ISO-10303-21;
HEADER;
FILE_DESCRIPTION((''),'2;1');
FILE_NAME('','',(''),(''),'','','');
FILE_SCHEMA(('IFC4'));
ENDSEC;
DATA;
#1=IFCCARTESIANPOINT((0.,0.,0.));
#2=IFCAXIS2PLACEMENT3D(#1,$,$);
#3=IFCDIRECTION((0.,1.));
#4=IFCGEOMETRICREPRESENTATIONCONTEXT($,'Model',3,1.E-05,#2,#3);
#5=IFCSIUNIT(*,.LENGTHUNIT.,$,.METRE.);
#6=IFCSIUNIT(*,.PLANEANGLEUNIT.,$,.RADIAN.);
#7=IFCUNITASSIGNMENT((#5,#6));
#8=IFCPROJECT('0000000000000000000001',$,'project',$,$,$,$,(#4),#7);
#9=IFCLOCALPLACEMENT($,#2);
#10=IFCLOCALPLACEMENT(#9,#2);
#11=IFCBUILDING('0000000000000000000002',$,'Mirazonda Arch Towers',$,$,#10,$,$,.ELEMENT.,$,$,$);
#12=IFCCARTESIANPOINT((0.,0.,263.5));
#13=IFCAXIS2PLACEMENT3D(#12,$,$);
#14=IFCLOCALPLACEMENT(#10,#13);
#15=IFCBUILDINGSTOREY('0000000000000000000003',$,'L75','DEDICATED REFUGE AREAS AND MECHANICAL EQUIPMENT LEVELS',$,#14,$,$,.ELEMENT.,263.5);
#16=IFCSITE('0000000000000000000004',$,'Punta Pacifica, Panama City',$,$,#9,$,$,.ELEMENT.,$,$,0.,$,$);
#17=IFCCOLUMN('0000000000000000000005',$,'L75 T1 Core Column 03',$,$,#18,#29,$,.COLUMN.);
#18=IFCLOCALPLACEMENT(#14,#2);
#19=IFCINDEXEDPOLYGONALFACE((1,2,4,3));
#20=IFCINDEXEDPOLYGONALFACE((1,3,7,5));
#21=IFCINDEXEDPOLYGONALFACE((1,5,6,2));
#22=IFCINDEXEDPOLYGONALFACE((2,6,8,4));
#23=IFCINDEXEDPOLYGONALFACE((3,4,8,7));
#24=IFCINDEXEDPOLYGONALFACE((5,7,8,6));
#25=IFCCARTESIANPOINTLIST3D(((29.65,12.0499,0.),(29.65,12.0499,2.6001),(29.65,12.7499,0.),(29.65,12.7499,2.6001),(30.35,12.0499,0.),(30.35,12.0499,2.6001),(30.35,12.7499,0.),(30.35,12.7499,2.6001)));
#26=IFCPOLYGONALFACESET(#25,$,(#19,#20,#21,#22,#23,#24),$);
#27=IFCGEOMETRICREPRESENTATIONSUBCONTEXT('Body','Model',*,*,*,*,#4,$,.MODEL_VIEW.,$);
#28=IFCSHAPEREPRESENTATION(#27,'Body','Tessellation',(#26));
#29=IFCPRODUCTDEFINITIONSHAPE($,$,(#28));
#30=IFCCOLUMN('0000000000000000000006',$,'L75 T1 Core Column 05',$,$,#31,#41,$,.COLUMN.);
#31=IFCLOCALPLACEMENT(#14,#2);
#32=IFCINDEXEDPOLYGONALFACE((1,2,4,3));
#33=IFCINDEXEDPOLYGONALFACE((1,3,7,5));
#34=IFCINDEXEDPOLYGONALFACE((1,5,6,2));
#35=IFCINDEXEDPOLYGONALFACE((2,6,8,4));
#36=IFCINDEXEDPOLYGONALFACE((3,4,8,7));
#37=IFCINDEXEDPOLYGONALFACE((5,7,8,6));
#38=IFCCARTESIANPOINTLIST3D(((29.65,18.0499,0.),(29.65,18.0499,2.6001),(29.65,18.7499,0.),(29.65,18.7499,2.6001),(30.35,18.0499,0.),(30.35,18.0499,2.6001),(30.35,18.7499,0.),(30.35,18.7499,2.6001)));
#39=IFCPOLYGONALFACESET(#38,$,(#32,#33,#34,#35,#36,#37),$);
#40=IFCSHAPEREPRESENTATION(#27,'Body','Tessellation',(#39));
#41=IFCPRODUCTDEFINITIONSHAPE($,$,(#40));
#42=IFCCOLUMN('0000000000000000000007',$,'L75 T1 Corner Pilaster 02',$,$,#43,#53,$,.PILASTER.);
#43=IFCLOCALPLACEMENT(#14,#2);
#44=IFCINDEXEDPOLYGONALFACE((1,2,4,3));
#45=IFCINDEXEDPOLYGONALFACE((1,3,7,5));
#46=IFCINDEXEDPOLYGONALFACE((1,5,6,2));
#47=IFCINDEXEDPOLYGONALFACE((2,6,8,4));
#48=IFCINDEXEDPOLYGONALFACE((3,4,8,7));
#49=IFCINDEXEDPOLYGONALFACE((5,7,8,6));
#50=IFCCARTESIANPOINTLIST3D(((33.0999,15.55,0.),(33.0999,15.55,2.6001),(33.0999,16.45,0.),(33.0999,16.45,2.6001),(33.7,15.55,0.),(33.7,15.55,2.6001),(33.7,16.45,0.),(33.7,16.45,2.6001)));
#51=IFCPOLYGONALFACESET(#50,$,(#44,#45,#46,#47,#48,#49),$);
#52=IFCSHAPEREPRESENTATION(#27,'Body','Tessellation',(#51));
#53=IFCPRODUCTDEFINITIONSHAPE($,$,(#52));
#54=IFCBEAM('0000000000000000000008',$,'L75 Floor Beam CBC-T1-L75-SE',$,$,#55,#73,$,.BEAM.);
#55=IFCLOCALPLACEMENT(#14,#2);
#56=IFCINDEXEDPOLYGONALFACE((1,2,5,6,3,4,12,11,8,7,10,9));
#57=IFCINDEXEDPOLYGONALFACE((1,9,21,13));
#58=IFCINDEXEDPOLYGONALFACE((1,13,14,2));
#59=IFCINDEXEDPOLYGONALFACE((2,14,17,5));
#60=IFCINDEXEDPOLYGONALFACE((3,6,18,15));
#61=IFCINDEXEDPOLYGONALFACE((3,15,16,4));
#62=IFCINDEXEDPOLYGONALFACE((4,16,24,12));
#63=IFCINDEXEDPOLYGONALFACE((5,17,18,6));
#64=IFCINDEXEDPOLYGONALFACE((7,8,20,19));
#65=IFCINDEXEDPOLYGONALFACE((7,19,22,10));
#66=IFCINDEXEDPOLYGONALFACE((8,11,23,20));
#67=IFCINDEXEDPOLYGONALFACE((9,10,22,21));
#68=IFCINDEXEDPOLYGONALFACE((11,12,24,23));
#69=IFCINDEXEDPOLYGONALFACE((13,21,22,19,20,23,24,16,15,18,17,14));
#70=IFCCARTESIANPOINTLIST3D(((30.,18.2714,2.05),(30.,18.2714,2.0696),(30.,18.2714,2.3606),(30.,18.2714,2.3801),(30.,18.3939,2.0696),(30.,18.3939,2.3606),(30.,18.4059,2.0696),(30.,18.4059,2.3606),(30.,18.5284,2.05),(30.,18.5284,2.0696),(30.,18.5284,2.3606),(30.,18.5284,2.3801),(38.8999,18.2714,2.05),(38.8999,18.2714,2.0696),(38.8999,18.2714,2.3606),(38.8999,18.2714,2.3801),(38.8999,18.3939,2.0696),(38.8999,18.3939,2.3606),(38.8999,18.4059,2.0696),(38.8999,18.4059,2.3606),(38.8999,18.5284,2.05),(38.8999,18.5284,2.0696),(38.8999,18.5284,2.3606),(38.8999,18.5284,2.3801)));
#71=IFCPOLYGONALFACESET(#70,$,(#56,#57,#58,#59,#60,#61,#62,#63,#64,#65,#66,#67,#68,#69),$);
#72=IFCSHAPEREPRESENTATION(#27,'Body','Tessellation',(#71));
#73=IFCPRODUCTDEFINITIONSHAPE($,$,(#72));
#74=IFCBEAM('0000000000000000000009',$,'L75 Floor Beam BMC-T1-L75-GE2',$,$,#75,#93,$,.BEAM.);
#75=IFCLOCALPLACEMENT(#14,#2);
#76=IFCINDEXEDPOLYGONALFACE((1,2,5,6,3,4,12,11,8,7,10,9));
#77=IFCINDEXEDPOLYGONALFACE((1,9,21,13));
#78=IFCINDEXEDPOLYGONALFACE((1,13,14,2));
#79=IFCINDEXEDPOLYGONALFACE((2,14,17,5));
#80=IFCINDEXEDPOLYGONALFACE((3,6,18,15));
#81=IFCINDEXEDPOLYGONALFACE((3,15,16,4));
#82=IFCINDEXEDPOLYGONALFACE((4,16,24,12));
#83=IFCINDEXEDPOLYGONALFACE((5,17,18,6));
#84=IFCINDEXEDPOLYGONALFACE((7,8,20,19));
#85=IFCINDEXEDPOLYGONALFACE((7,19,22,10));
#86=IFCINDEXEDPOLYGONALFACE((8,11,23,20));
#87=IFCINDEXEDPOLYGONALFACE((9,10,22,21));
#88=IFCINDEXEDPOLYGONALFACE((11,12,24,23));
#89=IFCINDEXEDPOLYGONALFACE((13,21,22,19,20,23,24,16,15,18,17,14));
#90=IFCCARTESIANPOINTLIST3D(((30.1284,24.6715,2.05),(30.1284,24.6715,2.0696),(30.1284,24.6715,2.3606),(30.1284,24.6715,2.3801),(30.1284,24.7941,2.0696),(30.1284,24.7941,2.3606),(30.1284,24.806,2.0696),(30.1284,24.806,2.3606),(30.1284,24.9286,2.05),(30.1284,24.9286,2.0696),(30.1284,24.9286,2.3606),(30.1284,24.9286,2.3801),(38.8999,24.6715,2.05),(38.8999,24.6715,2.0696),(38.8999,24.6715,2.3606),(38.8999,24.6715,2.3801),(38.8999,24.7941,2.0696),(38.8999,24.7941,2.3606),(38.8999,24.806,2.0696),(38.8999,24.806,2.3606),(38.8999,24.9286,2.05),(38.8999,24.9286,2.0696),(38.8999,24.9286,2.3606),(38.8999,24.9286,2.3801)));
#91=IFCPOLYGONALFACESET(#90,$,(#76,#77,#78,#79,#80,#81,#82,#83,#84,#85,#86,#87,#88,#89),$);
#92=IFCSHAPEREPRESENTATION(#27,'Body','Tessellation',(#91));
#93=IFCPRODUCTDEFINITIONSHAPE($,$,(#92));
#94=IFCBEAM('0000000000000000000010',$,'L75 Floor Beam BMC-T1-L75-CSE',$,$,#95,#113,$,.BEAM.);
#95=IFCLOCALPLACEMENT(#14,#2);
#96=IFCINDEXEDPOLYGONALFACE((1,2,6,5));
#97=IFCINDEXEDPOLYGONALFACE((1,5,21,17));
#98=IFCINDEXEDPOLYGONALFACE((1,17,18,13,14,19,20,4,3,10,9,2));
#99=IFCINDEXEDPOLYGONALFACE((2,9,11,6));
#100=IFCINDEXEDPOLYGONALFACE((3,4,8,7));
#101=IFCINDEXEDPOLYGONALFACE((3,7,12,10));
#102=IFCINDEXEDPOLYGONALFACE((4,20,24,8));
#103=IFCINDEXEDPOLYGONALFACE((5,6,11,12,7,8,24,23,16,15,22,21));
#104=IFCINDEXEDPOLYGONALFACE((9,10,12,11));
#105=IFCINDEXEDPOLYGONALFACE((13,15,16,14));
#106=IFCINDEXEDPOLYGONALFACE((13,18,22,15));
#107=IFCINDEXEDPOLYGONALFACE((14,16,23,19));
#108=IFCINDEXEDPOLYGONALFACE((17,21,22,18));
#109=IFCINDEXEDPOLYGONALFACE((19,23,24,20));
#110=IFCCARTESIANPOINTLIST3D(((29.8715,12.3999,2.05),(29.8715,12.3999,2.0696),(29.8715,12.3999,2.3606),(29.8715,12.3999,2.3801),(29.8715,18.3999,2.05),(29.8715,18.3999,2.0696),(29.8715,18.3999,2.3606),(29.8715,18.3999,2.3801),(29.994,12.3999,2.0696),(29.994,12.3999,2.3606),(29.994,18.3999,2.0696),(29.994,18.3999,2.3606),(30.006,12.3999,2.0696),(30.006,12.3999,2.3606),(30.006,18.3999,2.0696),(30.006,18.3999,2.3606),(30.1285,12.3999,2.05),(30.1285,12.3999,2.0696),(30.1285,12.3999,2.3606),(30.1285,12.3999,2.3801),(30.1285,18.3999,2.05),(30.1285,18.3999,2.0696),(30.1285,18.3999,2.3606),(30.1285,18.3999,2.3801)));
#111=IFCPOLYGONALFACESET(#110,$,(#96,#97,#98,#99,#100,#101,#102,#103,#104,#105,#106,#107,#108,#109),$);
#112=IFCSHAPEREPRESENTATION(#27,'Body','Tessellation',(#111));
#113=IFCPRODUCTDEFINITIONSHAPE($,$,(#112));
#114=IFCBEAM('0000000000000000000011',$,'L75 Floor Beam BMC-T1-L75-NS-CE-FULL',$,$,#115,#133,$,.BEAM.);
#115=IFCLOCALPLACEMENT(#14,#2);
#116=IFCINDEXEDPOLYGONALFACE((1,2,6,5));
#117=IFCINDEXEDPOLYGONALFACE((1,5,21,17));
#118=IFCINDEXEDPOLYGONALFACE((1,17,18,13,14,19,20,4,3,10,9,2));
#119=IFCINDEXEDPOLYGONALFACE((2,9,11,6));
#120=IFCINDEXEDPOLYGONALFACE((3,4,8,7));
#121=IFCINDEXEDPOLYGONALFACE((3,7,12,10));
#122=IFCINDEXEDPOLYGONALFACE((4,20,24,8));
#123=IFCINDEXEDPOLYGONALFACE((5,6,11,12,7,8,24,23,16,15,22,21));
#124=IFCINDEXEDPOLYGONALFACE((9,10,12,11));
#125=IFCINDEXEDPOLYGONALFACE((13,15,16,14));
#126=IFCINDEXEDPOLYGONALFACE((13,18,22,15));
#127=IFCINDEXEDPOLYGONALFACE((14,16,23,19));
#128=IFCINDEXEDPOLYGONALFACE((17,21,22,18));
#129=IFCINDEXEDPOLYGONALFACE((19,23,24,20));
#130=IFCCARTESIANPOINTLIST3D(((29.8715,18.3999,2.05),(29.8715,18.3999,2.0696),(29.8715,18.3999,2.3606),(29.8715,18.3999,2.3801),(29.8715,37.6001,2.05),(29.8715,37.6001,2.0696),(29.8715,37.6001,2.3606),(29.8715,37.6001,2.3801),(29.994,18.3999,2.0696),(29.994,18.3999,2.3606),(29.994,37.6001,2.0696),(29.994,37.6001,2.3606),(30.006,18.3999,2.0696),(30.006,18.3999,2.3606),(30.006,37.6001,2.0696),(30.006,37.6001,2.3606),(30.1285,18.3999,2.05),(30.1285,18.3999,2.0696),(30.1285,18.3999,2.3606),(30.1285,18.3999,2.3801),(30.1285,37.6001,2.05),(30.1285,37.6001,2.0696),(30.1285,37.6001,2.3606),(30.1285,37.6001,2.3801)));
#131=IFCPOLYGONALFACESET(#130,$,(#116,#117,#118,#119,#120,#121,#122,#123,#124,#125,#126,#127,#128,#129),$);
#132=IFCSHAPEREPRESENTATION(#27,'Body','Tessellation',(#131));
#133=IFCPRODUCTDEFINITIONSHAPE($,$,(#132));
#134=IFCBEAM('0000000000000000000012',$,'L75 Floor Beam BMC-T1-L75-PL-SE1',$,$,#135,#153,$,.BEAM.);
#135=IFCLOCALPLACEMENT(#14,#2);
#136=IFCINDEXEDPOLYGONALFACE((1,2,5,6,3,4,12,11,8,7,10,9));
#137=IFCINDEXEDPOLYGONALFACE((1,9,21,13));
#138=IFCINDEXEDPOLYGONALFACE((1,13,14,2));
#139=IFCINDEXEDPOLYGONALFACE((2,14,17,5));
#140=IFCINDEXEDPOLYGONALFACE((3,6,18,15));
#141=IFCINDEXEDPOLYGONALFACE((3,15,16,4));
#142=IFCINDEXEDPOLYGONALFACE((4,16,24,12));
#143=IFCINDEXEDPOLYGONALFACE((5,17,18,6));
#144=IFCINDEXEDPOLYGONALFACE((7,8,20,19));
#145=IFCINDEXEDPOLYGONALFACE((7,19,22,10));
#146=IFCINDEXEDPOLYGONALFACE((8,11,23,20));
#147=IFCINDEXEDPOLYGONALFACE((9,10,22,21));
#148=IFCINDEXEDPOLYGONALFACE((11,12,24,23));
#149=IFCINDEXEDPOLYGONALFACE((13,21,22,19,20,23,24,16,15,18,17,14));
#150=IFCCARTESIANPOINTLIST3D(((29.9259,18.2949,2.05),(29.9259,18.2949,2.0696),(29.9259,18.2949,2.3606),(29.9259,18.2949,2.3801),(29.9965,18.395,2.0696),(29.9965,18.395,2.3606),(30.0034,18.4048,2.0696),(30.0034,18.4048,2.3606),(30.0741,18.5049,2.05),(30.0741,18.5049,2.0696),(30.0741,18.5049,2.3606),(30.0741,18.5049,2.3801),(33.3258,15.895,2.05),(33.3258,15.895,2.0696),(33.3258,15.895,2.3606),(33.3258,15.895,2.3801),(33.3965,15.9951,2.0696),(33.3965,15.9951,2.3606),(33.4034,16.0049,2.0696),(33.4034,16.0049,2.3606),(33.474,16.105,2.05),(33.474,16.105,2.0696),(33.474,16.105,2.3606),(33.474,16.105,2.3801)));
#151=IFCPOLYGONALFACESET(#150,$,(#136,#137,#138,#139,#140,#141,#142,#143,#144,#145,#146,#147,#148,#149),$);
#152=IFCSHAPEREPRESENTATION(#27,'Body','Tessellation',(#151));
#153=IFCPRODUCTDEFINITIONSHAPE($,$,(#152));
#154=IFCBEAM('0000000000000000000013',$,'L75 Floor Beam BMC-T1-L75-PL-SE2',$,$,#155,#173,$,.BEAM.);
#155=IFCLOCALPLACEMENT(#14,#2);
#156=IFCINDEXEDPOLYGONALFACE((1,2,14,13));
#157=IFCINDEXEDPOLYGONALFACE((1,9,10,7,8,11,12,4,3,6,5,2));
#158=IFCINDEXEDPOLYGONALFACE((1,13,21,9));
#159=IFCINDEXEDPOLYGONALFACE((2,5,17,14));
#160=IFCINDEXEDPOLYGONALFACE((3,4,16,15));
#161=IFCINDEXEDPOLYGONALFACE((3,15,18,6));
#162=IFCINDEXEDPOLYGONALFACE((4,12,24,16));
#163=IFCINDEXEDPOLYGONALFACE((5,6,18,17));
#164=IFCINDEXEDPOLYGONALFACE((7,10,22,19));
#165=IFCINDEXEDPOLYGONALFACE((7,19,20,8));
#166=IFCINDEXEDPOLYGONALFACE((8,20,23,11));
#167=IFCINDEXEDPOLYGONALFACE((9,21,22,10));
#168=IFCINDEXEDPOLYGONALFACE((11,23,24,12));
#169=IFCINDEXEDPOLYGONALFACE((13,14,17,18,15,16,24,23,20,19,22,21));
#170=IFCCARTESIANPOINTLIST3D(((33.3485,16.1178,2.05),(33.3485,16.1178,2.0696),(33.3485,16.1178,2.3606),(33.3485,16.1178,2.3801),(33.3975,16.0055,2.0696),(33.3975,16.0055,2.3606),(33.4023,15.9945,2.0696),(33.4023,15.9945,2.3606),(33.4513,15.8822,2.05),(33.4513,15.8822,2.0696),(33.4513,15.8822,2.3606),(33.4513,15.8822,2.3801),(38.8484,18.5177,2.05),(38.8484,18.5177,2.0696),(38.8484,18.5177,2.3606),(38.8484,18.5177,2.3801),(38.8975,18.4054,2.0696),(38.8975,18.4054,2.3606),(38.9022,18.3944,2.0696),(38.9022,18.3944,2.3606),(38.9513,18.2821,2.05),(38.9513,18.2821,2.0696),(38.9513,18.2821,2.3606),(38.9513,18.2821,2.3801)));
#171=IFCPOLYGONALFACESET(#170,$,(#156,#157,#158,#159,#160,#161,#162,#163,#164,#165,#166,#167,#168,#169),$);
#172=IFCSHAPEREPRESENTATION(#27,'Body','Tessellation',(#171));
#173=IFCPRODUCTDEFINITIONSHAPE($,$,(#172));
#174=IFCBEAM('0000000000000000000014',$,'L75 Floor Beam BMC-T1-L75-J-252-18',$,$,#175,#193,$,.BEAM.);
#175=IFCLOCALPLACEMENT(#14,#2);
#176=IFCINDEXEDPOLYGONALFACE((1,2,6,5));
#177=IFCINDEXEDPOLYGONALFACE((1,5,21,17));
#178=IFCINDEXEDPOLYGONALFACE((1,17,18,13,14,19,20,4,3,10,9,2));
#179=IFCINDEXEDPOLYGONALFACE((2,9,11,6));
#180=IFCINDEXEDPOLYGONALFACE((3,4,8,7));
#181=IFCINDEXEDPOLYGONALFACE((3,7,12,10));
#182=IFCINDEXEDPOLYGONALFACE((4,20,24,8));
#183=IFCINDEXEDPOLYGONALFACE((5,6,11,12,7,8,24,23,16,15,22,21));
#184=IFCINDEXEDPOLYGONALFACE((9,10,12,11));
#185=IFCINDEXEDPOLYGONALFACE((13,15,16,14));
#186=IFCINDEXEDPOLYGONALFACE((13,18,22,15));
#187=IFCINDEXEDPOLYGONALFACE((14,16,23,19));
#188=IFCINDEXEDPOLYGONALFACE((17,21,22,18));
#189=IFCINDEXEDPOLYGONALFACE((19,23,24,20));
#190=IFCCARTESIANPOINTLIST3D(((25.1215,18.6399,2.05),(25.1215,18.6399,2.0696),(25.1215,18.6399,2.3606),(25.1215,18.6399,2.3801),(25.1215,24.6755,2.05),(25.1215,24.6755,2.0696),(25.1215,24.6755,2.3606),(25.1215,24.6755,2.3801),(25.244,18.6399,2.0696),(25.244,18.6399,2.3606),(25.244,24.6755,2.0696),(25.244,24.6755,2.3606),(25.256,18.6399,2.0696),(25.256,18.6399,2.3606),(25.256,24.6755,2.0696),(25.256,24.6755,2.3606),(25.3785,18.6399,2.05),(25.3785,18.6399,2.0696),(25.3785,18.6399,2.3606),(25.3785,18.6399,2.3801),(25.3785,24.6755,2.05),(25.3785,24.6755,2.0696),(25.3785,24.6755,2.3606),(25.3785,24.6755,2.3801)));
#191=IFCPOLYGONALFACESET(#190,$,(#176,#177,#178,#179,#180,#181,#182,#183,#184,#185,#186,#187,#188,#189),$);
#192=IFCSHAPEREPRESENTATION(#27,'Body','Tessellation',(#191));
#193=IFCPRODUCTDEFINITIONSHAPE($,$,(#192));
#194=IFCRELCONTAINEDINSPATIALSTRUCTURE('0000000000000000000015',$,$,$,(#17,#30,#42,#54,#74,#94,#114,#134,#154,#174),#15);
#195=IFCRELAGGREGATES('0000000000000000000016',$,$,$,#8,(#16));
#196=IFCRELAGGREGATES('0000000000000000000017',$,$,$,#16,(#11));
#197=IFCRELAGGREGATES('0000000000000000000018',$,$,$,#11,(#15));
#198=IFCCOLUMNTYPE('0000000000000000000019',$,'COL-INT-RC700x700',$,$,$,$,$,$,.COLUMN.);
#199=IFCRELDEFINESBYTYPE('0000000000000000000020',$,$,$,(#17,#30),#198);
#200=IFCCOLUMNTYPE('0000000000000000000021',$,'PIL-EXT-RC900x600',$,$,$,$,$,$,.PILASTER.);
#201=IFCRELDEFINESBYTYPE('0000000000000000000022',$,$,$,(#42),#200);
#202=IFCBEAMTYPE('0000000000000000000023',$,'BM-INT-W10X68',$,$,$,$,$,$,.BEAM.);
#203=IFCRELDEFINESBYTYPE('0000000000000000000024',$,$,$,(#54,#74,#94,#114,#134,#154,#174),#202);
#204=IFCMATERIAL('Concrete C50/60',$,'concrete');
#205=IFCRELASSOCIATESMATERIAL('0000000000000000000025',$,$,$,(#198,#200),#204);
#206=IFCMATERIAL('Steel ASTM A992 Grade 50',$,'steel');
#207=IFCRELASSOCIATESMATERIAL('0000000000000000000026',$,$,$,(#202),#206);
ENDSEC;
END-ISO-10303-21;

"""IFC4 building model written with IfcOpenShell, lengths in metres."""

from ifc_helpers import new_model, si_unit, direction, frame, origin, origin_2d, place, context, subcontext, project, spatial, rectangle, i_section, extrude, material, material_profile, profile_set, type_object, element, save


model = new_model("IFC4")

# Units and contexts
model_context = context("Model", 3, precision=1e-05, world=origin(), true_north=direction((0.0, 1.0)))
body_context = subcontext(model_context, "Body", "Model", "MODEL_VIEW")
ifc_project = project(units=[si_unit("LENGTHUNIT", "METRE"), si_unit("PLANEANGLEUNIT", "RADIAN")], contexts=[model_context])

# Site, building, storey
site_placement = place(None, origin())
site = spatial("IfcSite", under=ifc_project, at=site_placement, Name="Punta Pacifica, Panama City", CompositionType="ELEMENT", RefElevation=0.0)
building_placement = place(site_placement, origin())
building = spatial("IfcBuilding", under=site, at=building_placement, Name="Mirazonda Arch Towers", CompositionType="ELEMENT")
storey_placement = place(building_placement, frame((0.0, 0.0, 263.5)))
storey = spatial("IfcBuildingStorey", under=building, at=storey_placement, Name="L75", Description="DEDICATED REFUGE AREAS AND MECHANICAL EQUIPMENT LEVELS", CompositionType="ELEMENT", Elevation=263.5)

# Columns
ifc_material_1 = material(Name="Concrete C50/60", Category="concrete")
ifc_material_profile_1 = material_profile(ifc_material_1, rectangle(XDim=0.7, YDim=0.7, at=origin_2d()), Name="RC700x700")
ifc_profile_set_1 = profile_set([ifc_material_profile_1], Name="Concrete C50/60")
column_type_1 = type_object("IfcColumnType", Name="COL-INT-RC700x700", PredefinedType="COLUMN", material=ifc_profile_set_1)
for number, where, z_axis, x_axis, name in (
    (1, (30.0, 12.3999, 0.0), (0.0, 0.0, 1.0), (1.0, 0.0, 0.0), "L75 T1 Core Column 03"),
    (2, (30.0, 18.3999, 0.0), (0.0, 0.0, 1.0), (1.0, 0.0, 0.0), "L75 T1 Core Column 05"),
):
    element("IfcColumn", number, at=place(storey_placement, frame(where, z_axis=z_axis, x_axis=x_axis)), inside=storey, type_object=column_type_1, Name=name, PredefinedType="COLUMN", context=body_context, shape_type="SweptSolid", body=[
        extrude(rectangle(XDim=0.7, YDim=0.7, at=origin_2d()), origin(), (0.0, 0.0, 1.0), 2.6001),
    ])
ifc_material_profile_2 = material_profile(ifc_material_1, rectangle(XDim=0.6001, YDim=0.8999, at=origin_2d()), Name="RC900x600")
ifc_profile_set_2 = profile_set([ifc_material_profile_2], Name="Concrete C50/60")
column_type_2 = type_object("IfcColumnType", Name="PIL-EXT-RC900x600", PredefinedType="PILASTER", material=ifc_profile_set_2)
column_placement = place(storey_placement, frame((33.3999, 16.0, 0.0), z_axis=(0.0, 0.0, 1.0), x_axis=(1.0, 0.0, 0.0)))
element("IfcColumn", 3, at=column_placement, inside=storey, type_object=column_type_2, Name="L75 T1 Corner Pilaster 02", PredefinedType="PILASTER", context=body_context, shape_type="SweptSolid", body=[
    extrude(rectangle(XDim=0.6001, YDim=0.8999, at=origin_2d()), origin(), (0.0, 0.0, 1.0), 2.6001),
])

# Beams
ifc_material_2 = material(Name="Steel ASTM A992 Grade 50", Category="steel")
ifc_material_profile_3 = material_profile(ifc_material_2, i_section(OverallWidth=0.2571, OverallDepth=0.3301, WebThickness=0.012, FlangeThickness=0.0195, at=origin_2d()), Name="W10X68")
ifc_profile_set_3 = profile_set([ifc_material_profile_3], Name="Steel ASTM A992 Grade 50")
beam_type = type_object("IfcBeamType", Name="BM-INT-W10X68", PredefinedType="BEAM", material=ifc_profile_set_3)
beam_1_placement = place(storey_placement, frame((30.0, 18.3999, 2.2151), z_axis=(1.0, 0.0, 0.0), x_axis=(0.0, 1.0, 0.0)))
element("IfcBeam", 4, at=beam_1_placement, inside=storey, type_object=beam_type, Name="L75 Floor Beam CBC-T1-L75-SE", PredefinedType="BEAM", context=body_context, shape_type="SweptSolid", body=[
    extrude(i_section(OverallWidth=0.2571, OverallDepth=0.3301, WebThickness=0.012, FlangeThickness=0.0195, at=origin_2d()), origin(), (0.0, 0.0, 1.0), 8.8999),
])
beam_2_placement = place(storey_placement, frame((30.1284, 24.8, 2.2151), z_axis=(1.0, 0.0, 0.0), x_axis=(0.0, 1.0, 0.0)))
element("IfcBeam", 5, at=beam_2_placement, inside=storey, type_object=beam_type, Name="L75 Floor Beam BMC-T1-L75-GE2", PredefinedType="BEAM", context=body_context, shape_type="SweptSolid", body=[
    extrude(i_section(OverallWidth=0.2571, OverallDepth=0.3301, WebThickness=0.012, FlangeThickness=0.0195, at=origin_2d()), origin(), (0.0, 0.0, 1.0), 8.7715),
])
beam_3_placement = place(storey_placement, frame((30.0, 12.3999, 2.2151), z_axis=(0.0, 1.0, 0.0), x_axis=(-1.0, 0.0, 0.0)))
element("IfcBeam", 6, at=beam_3_placement, inside=storey, type_object=beam_type, Name="L75 Floor Beam BMC-T1-L75-CSE", PredefinedType="BEAM", context=body_context, shape_type="SweptSolid", body=[
    extrude(i_section(OverallWidth=0.2571, OverallDepth=0.3301, WebThickness=0.012, FlangeThickness=0.0195, at=origin_2d()), origin(), (0.0, 0.0, 1.0), 6.0),
])
beam_4_placement = place(storey_placement, frame((30.0, 18.3999, 2.2151), z_axis=(0.0, 1.0, 0.0), x_axis=(-1.0, 0.0, 0.0)))
element("IfcBeam", 7, at=beam_4_placement, inside=storey, type_object=beam_type, Name="L75 Floor Beam BMC-T1-L75-NS-CE-FULL", PredefinedType="BEAM", context=body_context, shape_type="SweptSolid", body=[
    extrude(i_section(OverallWidth=0.2571, OverallDepth=0.3301, WebThickness=0.012, FlangeThickness=0.0195, at=origin_2d()), origin(), (0.0, 0.0, 1.0), 19.2002),
])
beam_5_placement = place(storey_placement, frame((33.3999, 16.0, 2.2151), z_axis=(-0.816971, 0.576679, 0.0), x_axis=(-0.576679, -0.816971, 0.0)))
element("IfcBeam", 8, at=beam_5_placement, inside=storey, type_object=beam_type, Name="L75 Floor Beam BMC-T1-L75-PL-SE1", PredefinedType="BEAM", context=body_context, shape_type="SweptSolid", body=[
    extrude(i_section(OverallWidth=0.2571, OverallDepth=0.3301, WebThickness=0.012, FlangeThickness=0.0195, at=origin_2d()), origin(), (0.0, 0.0, 1.0), 4.1616),
])
beam_6_placement = place(storey_placement, frame((33.3999, 16.0, 2.2151), z_axis=(0.916545, 0.399931, 0.0), x_axis=(-0.399931, 0.916545, 0.0)))
element("IfcBeam", 9, at=beam_6_placement, inside=storey, type_object=beam_type, Name="L75 Floor Beam BMC-T1-L75-PL-SE2", PredefinedType="BEAM", context=body_context, shape_type="SweptSolid", body=[
    extrude(i_section(OverallWidth=0.2571, OverallDepth=0.3301, WebThickness=0.012, FlangeThickness=0.0195, at=origin_2d()), origin(), (0.0, 0.0, 1.0), 6.0007),
])
beam_7_placement = place(storey_placement, frame((25.25, 18.6399, 2.2151), z_axis=(0.0, 1.0, 0.0), x_axis=(-1.0, 0.0, 0.0)))
element("IfcBeam", 10, at=beam_7_placement, inside=storey, type_object=beam_type, Name="L75 Floor Beam BMC-T1-L75-J-252-18", PredefinedType="BEAM", context=body_context, shape_type="SweptSolid", body=[
    extrude(i_section(OverallWidth=0.2571, OverallDepth=0.3301, WebThickness=0.012, FlangeThickness=0.0195, at=origin_2d()), origin(), (0.0, 0.0, 1.0), 6.0356),
])

save(model, "model.ifc")
